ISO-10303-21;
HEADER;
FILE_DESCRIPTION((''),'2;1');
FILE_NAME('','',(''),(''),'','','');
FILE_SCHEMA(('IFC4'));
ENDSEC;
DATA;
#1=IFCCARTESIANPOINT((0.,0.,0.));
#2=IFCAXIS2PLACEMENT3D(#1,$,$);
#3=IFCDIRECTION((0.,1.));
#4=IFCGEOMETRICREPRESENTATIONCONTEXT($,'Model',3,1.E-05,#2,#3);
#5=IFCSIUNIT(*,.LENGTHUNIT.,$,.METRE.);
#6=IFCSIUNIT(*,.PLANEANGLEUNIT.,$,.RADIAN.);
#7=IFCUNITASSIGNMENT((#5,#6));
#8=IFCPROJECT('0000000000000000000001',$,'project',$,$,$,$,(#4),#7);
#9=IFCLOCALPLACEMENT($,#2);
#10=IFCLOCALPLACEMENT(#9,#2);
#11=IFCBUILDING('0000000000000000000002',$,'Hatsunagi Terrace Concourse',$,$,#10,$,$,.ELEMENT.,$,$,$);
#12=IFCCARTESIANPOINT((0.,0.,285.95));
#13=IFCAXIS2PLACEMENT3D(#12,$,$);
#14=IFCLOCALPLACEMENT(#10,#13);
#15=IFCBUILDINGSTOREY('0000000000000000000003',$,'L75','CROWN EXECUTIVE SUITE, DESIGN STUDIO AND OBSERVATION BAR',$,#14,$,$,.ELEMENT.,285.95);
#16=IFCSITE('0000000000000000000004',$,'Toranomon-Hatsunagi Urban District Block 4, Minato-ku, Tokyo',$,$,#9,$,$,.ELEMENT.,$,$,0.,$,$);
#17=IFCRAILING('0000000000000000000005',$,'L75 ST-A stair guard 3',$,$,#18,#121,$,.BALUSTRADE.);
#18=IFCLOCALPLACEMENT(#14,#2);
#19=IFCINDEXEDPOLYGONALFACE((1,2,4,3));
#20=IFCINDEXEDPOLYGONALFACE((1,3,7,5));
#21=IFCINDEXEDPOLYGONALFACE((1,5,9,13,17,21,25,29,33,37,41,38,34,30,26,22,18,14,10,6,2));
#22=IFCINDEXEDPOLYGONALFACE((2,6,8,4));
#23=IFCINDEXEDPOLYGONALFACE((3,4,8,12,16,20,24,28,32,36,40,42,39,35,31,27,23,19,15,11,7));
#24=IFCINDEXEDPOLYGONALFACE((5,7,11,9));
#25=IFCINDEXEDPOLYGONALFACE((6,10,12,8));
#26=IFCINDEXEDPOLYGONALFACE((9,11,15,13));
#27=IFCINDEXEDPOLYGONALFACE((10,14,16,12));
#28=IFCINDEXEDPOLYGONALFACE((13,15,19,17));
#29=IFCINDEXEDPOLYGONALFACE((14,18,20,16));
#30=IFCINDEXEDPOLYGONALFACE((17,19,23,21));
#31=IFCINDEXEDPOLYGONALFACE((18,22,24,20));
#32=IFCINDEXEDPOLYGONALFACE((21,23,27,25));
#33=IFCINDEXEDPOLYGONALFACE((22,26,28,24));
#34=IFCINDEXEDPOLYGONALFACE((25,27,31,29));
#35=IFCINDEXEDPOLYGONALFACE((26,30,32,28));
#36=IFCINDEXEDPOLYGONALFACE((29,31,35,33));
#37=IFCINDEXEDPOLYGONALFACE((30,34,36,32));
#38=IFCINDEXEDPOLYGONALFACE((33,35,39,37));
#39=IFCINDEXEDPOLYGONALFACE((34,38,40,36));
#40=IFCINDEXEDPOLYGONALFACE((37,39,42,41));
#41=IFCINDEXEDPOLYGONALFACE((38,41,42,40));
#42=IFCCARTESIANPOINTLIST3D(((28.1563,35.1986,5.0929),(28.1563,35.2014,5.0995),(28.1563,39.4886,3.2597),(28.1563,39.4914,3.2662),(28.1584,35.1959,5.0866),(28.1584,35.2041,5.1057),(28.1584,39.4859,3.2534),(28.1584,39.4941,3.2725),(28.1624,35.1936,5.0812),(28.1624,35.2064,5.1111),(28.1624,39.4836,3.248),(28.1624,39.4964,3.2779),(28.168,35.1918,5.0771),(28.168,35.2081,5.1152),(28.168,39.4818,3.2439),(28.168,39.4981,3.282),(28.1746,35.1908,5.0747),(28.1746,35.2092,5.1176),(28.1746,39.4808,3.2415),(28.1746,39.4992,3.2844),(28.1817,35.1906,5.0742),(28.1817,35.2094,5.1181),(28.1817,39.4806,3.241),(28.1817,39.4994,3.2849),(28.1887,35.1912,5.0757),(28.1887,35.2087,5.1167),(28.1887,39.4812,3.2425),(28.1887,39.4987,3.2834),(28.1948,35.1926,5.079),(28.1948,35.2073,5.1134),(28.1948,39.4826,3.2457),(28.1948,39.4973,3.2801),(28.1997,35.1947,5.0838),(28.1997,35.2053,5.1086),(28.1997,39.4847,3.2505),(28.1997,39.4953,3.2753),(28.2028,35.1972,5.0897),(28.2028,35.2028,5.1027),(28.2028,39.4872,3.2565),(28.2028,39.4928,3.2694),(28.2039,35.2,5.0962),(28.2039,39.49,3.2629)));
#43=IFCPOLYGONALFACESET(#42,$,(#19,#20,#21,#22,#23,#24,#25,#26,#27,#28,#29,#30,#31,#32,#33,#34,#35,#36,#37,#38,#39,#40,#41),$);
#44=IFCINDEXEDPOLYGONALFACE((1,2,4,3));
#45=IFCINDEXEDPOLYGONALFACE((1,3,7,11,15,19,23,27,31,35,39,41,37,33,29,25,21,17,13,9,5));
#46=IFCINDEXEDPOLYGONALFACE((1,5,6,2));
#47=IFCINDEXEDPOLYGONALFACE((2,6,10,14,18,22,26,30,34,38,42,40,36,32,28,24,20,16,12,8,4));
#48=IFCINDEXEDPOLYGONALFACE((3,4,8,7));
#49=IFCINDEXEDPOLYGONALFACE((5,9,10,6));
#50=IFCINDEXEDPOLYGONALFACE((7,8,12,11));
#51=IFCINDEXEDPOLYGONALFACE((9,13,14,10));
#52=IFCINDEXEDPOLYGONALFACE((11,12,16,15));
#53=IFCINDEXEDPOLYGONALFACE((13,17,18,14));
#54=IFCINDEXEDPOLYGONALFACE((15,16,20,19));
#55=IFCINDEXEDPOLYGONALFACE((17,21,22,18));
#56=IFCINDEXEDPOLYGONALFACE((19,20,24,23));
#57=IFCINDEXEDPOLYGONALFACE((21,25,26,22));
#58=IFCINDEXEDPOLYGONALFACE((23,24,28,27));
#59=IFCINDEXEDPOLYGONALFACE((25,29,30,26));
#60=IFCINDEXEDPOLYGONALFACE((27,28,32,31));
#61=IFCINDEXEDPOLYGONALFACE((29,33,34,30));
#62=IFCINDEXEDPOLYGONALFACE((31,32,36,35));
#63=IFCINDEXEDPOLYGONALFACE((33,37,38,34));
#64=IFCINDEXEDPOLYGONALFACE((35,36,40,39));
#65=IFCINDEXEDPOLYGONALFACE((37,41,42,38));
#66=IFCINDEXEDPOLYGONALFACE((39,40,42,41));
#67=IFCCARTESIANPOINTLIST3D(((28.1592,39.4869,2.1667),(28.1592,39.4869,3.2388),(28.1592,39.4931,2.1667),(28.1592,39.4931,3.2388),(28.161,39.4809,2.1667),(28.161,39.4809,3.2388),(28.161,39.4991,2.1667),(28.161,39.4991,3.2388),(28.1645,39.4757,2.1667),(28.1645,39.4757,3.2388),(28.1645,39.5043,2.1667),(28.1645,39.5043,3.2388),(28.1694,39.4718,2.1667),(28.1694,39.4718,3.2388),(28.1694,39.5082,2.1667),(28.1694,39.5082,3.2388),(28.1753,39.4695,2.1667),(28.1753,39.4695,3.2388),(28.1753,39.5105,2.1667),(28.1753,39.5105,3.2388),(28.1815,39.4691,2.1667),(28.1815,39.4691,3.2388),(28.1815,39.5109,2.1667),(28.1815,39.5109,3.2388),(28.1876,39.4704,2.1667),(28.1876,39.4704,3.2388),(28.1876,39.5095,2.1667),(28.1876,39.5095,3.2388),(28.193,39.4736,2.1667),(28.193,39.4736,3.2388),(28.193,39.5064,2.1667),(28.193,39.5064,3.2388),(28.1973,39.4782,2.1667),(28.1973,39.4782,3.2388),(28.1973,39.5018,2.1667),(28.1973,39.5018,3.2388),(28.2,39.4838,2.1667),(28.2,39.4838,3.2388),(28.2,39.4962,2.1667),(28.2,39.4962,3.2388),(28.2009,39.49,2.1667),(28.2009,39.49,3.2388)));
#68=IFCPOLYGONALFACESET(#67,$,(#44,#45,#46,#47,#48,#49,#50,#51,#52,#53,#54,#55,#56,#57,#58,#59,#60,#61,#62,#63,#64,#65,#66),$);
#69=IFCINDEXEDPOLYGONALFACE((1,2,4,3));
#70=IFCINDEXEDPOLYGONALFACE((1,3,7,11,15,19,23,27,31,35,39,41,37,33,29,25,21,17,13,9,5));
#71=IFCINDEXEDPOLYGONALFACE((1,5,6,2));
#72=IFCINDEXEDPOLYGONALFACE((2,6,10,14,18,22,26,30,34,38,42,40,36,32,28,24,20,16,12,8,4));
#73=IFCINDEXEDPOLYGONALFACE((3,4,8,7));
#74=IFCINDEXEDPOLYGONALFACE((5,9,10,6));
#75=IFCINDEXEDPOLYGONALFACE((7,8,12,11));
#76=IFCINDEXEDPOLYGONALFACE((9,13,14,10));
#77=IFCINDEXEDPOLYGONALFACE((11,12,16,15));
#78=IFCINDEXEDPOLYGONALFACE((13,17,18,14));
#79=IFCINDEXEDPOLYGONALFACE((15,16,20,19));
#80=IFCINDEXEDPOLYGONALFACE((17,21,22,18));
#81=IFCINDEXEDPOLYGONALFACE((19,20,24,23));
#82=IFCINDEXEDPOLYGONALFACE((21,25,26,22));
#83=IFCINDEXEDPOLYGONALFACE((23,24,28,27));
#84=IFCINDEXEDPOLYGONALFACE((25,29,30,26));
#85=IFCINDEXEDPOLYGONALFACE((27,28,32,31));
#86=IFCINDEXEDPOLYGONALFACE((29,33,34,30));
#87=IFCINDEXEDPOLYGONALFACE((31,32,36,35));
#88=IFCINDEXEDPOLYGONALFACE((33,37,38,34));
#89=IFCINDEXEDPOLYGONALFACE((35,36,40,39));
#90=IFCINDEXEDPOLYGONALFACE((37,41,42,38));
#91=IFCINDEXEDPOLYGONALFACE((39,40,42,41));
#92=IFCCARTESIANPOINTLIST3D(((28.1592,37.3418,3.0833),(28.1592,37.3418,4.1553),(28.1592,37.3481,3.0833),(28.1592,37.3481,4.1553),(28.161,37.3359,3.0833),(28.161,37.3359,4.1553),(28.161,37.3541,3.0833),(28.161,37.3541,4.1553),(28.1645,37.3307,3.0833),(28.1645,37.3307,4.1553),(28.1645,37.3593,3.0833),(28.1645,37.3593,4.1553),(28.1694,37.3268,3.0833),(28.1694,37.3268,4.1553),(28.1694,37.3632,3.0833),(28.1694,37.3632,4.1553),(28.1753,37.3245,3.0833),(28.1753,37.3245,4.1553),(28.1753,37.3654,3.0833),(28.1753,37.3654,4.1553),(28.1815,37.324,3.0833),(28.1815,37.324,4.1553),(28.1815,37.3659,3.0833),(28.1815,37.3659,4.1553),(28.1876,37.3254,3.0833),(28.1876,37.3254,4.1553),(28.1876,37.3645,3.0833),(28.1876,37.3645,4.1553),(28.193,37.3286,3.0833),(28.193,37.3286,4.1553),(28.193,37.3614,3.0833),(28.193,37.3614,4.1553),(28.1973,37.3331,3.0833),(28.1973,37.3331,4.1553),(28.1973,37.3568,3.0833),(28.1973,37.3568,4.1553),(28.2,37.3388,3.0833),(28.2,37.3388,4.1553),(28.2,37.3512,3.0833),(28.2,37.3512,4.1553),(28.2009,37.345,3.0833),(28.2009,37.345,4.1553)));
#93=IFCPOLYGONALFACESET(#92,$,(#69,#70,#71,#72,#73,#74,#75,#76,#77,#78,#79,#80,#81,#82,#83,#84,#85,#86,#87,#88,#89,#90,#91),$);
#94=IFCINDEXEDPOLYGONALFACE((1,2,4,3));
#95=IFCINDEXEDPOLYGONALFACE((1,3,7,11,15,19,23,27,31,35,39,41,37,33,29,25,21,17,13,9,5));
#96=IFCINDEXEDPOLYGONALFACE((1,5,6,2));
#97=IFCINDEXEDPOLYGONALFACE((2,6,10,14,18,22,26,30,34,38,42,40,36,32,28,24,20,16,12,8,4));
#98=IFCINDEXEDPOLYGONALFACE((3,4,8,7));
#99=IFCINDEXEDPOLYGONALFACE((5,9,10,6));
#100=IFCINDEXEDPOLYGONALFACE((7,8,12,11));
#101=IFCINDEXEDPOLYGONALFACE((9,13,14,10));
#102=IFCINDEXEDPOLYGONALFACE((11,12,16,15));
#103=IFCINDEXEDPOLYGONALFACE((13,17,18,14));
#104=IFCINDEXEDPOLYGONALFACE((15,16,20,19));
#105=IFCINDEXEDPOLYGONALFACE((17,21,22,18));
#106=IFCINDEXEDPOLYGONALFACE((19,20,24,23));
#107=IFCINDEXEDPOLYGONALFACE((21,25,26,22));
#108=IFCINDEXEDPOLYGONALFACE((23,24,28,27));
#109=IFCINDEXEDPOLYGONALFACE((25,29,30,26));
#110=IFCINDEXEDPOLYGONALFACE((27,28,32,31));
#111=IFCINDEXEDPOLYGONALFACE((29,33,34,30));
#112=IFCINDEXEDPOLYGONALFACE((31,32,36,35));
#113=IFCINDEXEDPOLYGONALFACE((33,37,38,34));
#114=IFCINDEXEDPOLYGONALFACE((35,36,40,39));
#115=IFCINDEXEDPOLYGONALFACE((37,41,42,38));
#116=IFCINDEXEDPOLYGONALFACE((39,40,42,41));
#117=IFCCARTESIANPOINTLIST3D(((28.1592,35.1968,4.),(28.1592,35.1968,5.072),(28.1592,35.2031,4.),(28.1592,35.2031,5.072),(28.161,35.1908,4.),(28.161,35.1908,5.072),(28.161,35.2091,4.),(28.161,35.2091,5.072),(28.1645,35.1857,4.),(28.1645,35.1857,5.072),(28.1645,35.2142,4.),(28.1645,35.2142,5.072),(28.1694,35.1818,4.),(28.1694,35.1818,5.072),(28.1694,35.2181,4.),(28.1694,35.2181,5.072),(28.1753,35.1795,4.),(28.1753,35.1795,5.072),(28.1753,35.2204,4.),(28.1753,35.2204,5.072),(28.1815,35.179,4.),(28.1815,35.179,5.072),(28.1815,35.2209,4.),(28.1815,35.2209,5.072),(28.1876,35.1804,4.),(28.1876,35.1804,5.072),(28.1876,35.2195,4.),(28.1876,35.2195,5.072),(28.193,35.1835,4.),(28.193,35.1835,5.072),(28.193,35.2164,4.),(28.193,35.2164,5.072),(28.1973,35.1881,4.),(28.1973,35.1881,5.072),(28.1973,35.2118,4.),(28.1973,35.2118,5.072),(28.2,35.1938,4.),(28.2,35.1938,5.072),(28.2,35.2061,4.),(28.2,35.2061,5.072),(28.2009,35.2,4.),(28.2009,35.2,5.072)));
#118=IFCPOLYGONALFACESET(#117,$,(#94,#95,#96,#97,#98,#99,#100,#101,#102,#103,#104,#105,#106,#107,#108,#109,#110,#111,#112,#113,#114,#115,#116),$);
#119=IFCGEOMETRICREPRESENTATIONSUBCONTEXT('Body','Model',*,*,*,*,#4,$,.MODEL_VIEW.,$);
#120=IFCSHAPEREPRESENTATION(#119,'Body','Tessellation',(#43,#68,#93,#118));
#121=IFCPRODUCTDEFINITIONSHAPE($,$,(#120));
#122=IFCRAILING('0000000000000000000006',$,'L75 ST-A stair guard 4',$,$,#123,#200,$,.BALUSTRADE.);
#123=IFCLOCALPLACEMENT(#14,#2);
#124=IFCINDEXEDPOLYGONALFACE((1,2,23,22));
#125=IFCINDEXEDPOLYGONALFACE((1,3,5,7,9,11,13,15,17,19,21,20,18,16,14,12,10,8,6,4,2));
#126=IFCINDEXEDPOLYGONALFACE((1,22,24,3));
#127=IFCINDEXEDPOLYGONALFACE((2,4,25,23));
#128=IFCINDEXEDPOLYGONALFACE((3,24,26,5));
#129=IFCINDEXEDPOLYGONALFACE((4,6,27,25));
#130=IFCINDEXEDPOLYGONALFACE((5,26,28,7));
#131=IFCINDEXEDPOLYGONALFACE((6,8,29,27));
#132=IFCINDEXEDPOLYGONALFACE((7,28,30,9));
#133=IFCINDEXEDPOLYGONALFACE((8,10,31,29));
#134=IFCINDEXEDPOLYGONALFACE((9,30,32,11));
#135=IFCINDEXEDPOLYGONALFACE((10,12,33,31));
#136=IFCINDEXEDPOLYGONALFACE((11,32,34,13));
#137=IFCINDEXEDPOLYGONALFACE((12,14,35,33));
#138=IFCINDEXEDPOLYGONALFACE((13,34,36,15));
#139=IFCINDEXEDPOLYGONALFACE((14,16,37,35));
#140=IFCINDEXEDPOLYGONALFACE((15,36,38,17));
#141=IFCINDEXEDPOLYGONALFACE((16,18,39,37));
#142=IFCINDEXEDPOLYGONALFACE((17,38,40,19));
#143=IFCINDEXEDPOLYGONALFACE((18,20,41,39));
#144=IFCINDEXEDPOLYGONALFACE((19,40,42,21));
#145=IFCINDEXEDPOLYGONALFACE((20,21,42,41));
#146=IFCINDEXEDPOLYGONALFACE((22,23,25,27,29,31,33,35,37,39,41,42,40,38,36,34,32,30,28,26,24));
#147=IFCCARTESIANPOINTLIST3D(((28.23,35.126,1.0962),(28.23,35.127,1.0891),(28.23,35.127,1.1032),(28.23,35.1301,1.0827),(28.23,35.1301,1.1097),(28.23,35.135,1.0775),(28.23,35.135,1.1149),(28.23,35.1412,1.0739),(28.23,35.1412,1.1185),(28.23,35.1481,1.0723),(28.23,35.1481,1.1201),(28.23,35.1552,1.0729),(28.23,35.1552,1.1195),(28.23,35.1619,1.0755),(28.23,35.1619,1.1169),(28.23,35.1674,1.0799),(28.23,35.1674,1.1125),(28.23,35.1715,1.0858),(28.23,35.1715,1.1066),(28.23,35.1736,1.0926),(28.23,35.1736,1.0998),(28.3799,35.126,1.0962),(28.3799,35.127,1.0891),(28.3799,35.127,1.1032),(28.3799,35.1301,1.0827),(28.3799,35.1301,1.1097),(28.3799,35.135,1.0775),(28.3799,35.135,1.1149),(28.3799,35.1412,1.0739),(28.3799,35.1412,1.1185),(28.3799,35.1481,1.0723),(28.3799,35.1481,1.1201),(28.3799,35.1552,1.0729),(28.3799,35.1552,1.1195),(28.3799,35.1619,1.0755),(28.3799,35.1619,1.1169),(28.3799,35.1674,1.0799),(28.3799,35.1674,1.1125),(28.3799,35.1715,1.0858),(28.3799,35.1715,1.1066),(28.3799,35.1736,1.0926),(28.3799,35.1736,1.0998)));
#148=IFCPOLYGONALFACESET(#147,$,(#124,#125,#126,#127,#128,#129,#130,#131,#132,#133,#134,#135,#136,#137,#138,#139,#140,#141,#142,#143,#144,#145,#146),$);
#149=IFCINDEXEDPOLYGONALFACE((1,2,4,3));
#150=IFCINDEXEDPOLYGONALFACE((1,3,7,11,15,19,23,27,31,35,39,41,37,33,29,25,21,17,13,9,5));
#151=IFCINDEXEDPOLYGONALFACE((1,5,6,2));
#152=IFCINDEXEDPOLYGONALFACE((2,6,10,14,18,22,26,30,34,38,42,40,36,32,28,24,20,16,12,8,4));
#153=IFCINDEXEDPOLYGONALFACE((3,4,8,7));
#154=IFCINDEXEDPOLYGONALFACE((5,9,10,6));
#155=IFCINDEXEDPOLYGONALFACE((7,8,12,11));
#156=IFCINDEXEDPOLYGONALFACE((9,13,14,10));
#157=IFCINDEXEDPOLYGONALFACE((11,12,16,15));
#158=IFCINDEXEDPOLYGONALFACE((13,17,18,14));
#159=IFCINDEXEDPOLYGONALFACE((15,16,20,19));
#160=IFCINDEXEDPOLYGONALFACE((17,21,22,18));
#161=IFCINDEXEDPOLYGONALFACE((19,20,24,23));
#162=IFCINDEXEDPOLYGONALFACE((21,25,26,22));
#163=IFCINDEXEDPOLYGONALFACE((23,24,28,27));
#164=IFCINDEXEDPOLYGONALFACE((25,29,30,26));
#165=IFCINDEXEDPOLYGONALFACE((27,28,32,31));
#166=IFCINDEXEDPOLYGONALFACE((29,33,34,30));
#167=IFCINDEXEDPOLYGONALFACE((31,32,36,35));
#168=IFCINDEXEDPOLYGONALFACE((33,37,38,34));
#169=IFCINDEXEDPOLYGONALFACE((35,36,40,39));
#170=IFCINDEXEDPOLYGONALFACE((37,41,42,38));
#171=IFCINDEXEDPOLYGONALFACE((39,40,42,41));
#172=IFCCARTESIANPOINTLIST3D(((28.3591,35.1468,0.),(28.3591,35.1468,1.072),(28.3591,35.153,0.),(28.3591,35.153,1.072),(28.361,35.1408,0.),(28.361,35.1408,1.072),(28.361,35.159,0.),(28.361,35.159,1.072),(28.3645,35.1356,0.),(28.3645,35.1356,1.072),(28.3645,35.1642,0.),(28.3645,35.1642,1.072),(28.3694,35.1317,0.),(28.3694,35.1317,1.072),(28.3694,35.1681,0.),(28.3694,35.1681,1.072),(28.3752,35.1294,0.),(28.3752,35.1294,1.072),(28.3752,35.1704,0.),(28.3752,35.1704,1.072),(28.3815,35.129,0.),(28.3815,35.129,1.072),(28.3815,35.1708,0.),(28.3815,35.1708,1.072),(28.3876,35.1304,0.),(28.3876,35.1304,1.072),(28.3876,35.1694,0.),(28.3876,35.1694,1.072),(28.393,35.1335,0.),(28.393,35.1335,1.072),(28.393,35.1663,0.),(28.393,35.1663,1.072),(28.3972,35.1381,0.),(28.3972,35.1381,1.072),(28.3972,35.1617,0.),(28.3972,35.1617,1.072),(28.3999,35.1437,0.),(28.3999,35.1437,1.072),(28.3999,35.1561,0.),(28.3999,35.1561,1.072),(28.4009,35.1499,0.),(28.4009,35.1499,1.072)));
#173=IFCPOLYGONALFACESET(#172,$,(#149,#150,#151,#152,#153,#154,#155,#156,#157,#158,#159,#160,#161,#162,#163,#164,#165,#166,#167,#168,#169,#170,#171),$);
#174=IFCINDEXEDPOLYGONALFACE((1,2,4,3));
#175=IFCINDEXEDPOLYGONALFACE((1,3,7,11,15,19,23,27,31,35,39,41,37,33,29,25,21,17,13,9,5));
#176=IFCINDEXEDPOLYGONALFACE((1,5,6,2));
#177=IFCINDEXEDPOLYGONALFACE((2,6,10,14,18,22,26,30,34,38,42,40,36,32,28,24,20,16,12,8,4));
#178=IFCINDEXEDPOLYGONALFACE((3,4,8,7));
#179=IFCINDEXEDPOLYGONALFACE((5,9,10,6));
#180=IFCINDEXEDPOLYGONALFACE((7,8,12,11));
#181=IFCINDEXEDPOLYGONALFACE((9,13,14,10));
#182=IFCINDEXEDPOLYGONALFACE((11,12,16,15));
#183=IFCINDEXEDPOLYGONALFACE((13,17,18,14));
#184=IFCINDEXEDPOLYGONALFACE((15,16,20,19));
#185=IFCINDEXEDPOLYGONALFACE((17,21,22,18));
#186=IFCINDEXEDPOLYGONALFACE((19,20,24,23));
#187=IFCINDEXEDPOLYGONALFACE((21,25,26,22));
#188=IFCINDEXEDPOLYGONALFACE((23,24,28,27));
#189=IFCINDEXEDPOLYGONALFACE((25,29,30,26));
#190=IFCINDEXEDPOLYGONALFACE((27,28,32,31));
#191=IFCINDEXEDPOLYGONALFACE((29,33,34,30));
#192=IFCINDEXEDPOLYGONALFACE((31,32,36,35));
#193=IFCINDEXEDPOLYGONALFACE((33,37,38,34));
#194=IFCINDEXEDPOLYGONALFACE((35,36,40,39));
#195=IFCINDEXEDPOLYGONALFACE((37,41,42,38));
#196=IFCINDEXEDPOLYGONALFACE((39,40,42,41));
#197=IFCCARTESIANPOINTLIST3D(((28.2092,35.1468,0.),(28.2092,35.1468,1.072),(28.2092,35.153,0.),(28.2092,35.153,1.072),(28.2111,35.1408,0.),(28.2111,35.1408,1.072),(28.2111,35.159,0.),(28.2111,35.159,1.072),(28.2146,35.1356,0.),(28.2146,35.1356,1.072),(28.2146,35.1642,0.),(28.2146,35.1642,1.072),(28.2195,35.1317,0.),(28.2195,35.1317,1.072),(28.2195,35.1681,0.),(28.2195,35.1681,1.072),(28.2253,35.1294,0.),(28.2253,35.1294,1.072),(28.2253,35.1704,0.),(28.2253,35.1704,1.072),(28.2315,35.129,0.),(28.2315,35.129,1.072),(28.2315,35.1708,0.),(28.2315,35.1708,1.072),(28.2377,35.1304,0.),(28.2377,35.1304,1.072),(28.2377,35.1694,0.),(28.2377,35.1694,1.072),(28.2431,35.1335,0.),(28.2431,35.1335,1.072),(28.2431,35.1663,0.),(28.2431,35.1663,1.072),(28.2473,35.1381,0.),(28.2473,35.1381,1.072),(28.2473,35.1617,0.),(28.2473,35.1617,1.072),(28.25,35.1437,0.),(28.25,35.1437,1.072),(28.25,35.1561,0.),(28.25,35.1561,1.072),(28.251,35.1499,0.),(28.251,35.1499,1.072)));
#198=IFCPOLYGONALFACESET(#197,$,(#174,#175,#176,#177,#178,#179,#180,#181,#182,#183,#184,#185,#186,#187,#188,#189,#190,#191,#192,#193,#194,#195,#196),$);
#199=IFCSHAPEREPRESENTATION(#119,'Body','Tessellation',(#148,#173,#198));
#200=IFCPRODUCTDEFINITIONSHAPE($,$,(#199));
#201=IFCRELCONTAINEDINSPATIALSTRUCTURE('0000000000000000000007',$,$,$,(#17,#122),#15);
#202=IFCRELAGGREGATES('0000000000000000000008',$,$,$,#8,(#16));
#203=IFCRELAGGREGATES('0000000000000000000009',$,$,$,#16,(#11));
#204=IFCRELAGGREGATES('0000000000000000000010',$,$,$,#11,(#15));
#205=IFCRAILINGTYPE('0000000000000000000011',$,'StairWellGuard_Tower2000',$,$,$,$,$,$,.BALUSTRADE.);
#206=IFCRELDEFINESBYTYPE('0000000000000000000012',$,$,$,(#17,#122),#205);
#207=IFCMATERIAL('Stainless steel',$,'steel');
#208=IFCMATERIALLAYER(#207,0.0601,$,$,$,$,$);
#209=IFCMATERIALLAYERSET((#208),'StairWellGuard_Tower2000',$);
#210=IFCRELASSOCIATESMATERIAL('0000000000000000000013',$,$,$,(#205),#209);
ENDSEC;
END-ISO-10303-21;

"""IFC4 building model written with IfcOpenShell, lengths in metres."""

from ifc_helpers import new_model, si_unit, direction, frame, origin, origin_2d, place, context, subcontext, project, spatial, circle, extrude, material, layer, layer_set, type_object, element, save


model = new_model("IFC4")

# Units and contexts
model_context = context("Model", 3, precision=1e-05, world=origin(), true_north=direction((0.0, 1.0)))
body_context = subcontext(model_context, "Body", "Model", "MODEL_VIEW")
ifc_project = project(units=[si_unit("LENGTHUNIT", "METRE"), si_unit("PLANEANGLEUNIT", "RADIAN")], contexts=[model_context])

# Site, building, storey
site_placement = place(None, origin())
site = spatial("IfcSite", under=ifc_project, at=site_placement, Name="Toranomon-Hatsunagi Urban District Block 4, Minato-ku, Tokyo", CompositionType="ELEMENT", RefElevation=0.0)
building_placement = place(site_placement, origin())
building = spatial("IfcBuilding", under=site, at=building_placement, Name="Hatsunagi Terrace Concourse", CompositionType="ELEMENT")
storey_placement = place(building_placement, frame((0.0, 0.0, 285.95)))
storey = spatial("IfcBuildingStorey", under=building, at=storey_placement, Name="L75", Description="CROWN EXECUTIVE SUITE, DESIGN STUDIO AND OBSERVATION BAR", CompositionType="ELEMENT", Elevation=285.95)

# Railings
ifc_material_1 = material(Name="Stainless steel", Category="steel")
ifc_layer_1 = layer(ifc_material_1, 0.0601)
ifc_layer_set_1 = layer_set([ifc_layer_1], Name="StairWellGuard_Tower2000")
railing_type_1 = type_object("IfcRailingType", Name="StairWellGuard_Tower2000", PredefinedType="BALUSTRADE", material=ifc_layer_set_1)
railing_1_placement = place(storey_placement, frame((28.1799, 39.49, 2.1667)))
element("IfcRailing", 1, at=railing_1_placement, inside=storey, type_object=railing_type_1, Name="L75 ST-A stair guard 3", PredefinedType="BALUSTRADE", context=body_context, shape_type="SweptSolid", body=[
    extrude(circle(Radius=0.0239, at=origin_2d()), frame((0.0, 0.0, 1.0962), z_axis=(0.0, -0.919559, 0.392953), x_axis=(1.0, 0.0, 0.0)), (0.0, 0.0, 1.0), 4.6653),
    extrude(circle(Radius=0.021, at=origin_2d()), origin(), (0.0, 0.0, 1.0), 1.072),
    extrude(circle(Radius=0.021, at=origin_2d()), frame((0.0, -2.145, 0.9165)), (0.0, 0.0, 1.0), 1.072),
    extrude(circle(Radius=0.021, at=origin_2d()), frame((0.0, -4.29, 1.8333)), (0.0, 0.0, 1.0), 1.072),
])
railing_2_placement = place(storey_placement, frame((28.3799, 35.1499, 0.0)))
element("IfcRailing", 2, at=railing_2_placement, inside=storey, type_object=railing_type_1, Name="L75 ST-A stair guard 4", PredefinedType="BALUSTRADE", context=body_context, shape_type="SweptSolid", body=[
    extrude(circle(Radius=0.0239, at=origin_2d()), frame((0.0, 0.0, 1.0962), z_axis=(-1.0, 0.0, 0.0), x_axis=(0.0, -1.0, 0.0)), (0.0, 0.0, 1.0), 0.1499),
    extrude(circle(Radius=0.021, at=origin_2d()), origin(), (0.0, 0.0, 1.0), 1.072),
    extrude(circle(Radius=0.021, at=origin_2d()), frame((-0.1499, 0.0, 0.0)), (0.0, 0.0, 1.0), 1.072),
])

save(model, "model.ifc")
